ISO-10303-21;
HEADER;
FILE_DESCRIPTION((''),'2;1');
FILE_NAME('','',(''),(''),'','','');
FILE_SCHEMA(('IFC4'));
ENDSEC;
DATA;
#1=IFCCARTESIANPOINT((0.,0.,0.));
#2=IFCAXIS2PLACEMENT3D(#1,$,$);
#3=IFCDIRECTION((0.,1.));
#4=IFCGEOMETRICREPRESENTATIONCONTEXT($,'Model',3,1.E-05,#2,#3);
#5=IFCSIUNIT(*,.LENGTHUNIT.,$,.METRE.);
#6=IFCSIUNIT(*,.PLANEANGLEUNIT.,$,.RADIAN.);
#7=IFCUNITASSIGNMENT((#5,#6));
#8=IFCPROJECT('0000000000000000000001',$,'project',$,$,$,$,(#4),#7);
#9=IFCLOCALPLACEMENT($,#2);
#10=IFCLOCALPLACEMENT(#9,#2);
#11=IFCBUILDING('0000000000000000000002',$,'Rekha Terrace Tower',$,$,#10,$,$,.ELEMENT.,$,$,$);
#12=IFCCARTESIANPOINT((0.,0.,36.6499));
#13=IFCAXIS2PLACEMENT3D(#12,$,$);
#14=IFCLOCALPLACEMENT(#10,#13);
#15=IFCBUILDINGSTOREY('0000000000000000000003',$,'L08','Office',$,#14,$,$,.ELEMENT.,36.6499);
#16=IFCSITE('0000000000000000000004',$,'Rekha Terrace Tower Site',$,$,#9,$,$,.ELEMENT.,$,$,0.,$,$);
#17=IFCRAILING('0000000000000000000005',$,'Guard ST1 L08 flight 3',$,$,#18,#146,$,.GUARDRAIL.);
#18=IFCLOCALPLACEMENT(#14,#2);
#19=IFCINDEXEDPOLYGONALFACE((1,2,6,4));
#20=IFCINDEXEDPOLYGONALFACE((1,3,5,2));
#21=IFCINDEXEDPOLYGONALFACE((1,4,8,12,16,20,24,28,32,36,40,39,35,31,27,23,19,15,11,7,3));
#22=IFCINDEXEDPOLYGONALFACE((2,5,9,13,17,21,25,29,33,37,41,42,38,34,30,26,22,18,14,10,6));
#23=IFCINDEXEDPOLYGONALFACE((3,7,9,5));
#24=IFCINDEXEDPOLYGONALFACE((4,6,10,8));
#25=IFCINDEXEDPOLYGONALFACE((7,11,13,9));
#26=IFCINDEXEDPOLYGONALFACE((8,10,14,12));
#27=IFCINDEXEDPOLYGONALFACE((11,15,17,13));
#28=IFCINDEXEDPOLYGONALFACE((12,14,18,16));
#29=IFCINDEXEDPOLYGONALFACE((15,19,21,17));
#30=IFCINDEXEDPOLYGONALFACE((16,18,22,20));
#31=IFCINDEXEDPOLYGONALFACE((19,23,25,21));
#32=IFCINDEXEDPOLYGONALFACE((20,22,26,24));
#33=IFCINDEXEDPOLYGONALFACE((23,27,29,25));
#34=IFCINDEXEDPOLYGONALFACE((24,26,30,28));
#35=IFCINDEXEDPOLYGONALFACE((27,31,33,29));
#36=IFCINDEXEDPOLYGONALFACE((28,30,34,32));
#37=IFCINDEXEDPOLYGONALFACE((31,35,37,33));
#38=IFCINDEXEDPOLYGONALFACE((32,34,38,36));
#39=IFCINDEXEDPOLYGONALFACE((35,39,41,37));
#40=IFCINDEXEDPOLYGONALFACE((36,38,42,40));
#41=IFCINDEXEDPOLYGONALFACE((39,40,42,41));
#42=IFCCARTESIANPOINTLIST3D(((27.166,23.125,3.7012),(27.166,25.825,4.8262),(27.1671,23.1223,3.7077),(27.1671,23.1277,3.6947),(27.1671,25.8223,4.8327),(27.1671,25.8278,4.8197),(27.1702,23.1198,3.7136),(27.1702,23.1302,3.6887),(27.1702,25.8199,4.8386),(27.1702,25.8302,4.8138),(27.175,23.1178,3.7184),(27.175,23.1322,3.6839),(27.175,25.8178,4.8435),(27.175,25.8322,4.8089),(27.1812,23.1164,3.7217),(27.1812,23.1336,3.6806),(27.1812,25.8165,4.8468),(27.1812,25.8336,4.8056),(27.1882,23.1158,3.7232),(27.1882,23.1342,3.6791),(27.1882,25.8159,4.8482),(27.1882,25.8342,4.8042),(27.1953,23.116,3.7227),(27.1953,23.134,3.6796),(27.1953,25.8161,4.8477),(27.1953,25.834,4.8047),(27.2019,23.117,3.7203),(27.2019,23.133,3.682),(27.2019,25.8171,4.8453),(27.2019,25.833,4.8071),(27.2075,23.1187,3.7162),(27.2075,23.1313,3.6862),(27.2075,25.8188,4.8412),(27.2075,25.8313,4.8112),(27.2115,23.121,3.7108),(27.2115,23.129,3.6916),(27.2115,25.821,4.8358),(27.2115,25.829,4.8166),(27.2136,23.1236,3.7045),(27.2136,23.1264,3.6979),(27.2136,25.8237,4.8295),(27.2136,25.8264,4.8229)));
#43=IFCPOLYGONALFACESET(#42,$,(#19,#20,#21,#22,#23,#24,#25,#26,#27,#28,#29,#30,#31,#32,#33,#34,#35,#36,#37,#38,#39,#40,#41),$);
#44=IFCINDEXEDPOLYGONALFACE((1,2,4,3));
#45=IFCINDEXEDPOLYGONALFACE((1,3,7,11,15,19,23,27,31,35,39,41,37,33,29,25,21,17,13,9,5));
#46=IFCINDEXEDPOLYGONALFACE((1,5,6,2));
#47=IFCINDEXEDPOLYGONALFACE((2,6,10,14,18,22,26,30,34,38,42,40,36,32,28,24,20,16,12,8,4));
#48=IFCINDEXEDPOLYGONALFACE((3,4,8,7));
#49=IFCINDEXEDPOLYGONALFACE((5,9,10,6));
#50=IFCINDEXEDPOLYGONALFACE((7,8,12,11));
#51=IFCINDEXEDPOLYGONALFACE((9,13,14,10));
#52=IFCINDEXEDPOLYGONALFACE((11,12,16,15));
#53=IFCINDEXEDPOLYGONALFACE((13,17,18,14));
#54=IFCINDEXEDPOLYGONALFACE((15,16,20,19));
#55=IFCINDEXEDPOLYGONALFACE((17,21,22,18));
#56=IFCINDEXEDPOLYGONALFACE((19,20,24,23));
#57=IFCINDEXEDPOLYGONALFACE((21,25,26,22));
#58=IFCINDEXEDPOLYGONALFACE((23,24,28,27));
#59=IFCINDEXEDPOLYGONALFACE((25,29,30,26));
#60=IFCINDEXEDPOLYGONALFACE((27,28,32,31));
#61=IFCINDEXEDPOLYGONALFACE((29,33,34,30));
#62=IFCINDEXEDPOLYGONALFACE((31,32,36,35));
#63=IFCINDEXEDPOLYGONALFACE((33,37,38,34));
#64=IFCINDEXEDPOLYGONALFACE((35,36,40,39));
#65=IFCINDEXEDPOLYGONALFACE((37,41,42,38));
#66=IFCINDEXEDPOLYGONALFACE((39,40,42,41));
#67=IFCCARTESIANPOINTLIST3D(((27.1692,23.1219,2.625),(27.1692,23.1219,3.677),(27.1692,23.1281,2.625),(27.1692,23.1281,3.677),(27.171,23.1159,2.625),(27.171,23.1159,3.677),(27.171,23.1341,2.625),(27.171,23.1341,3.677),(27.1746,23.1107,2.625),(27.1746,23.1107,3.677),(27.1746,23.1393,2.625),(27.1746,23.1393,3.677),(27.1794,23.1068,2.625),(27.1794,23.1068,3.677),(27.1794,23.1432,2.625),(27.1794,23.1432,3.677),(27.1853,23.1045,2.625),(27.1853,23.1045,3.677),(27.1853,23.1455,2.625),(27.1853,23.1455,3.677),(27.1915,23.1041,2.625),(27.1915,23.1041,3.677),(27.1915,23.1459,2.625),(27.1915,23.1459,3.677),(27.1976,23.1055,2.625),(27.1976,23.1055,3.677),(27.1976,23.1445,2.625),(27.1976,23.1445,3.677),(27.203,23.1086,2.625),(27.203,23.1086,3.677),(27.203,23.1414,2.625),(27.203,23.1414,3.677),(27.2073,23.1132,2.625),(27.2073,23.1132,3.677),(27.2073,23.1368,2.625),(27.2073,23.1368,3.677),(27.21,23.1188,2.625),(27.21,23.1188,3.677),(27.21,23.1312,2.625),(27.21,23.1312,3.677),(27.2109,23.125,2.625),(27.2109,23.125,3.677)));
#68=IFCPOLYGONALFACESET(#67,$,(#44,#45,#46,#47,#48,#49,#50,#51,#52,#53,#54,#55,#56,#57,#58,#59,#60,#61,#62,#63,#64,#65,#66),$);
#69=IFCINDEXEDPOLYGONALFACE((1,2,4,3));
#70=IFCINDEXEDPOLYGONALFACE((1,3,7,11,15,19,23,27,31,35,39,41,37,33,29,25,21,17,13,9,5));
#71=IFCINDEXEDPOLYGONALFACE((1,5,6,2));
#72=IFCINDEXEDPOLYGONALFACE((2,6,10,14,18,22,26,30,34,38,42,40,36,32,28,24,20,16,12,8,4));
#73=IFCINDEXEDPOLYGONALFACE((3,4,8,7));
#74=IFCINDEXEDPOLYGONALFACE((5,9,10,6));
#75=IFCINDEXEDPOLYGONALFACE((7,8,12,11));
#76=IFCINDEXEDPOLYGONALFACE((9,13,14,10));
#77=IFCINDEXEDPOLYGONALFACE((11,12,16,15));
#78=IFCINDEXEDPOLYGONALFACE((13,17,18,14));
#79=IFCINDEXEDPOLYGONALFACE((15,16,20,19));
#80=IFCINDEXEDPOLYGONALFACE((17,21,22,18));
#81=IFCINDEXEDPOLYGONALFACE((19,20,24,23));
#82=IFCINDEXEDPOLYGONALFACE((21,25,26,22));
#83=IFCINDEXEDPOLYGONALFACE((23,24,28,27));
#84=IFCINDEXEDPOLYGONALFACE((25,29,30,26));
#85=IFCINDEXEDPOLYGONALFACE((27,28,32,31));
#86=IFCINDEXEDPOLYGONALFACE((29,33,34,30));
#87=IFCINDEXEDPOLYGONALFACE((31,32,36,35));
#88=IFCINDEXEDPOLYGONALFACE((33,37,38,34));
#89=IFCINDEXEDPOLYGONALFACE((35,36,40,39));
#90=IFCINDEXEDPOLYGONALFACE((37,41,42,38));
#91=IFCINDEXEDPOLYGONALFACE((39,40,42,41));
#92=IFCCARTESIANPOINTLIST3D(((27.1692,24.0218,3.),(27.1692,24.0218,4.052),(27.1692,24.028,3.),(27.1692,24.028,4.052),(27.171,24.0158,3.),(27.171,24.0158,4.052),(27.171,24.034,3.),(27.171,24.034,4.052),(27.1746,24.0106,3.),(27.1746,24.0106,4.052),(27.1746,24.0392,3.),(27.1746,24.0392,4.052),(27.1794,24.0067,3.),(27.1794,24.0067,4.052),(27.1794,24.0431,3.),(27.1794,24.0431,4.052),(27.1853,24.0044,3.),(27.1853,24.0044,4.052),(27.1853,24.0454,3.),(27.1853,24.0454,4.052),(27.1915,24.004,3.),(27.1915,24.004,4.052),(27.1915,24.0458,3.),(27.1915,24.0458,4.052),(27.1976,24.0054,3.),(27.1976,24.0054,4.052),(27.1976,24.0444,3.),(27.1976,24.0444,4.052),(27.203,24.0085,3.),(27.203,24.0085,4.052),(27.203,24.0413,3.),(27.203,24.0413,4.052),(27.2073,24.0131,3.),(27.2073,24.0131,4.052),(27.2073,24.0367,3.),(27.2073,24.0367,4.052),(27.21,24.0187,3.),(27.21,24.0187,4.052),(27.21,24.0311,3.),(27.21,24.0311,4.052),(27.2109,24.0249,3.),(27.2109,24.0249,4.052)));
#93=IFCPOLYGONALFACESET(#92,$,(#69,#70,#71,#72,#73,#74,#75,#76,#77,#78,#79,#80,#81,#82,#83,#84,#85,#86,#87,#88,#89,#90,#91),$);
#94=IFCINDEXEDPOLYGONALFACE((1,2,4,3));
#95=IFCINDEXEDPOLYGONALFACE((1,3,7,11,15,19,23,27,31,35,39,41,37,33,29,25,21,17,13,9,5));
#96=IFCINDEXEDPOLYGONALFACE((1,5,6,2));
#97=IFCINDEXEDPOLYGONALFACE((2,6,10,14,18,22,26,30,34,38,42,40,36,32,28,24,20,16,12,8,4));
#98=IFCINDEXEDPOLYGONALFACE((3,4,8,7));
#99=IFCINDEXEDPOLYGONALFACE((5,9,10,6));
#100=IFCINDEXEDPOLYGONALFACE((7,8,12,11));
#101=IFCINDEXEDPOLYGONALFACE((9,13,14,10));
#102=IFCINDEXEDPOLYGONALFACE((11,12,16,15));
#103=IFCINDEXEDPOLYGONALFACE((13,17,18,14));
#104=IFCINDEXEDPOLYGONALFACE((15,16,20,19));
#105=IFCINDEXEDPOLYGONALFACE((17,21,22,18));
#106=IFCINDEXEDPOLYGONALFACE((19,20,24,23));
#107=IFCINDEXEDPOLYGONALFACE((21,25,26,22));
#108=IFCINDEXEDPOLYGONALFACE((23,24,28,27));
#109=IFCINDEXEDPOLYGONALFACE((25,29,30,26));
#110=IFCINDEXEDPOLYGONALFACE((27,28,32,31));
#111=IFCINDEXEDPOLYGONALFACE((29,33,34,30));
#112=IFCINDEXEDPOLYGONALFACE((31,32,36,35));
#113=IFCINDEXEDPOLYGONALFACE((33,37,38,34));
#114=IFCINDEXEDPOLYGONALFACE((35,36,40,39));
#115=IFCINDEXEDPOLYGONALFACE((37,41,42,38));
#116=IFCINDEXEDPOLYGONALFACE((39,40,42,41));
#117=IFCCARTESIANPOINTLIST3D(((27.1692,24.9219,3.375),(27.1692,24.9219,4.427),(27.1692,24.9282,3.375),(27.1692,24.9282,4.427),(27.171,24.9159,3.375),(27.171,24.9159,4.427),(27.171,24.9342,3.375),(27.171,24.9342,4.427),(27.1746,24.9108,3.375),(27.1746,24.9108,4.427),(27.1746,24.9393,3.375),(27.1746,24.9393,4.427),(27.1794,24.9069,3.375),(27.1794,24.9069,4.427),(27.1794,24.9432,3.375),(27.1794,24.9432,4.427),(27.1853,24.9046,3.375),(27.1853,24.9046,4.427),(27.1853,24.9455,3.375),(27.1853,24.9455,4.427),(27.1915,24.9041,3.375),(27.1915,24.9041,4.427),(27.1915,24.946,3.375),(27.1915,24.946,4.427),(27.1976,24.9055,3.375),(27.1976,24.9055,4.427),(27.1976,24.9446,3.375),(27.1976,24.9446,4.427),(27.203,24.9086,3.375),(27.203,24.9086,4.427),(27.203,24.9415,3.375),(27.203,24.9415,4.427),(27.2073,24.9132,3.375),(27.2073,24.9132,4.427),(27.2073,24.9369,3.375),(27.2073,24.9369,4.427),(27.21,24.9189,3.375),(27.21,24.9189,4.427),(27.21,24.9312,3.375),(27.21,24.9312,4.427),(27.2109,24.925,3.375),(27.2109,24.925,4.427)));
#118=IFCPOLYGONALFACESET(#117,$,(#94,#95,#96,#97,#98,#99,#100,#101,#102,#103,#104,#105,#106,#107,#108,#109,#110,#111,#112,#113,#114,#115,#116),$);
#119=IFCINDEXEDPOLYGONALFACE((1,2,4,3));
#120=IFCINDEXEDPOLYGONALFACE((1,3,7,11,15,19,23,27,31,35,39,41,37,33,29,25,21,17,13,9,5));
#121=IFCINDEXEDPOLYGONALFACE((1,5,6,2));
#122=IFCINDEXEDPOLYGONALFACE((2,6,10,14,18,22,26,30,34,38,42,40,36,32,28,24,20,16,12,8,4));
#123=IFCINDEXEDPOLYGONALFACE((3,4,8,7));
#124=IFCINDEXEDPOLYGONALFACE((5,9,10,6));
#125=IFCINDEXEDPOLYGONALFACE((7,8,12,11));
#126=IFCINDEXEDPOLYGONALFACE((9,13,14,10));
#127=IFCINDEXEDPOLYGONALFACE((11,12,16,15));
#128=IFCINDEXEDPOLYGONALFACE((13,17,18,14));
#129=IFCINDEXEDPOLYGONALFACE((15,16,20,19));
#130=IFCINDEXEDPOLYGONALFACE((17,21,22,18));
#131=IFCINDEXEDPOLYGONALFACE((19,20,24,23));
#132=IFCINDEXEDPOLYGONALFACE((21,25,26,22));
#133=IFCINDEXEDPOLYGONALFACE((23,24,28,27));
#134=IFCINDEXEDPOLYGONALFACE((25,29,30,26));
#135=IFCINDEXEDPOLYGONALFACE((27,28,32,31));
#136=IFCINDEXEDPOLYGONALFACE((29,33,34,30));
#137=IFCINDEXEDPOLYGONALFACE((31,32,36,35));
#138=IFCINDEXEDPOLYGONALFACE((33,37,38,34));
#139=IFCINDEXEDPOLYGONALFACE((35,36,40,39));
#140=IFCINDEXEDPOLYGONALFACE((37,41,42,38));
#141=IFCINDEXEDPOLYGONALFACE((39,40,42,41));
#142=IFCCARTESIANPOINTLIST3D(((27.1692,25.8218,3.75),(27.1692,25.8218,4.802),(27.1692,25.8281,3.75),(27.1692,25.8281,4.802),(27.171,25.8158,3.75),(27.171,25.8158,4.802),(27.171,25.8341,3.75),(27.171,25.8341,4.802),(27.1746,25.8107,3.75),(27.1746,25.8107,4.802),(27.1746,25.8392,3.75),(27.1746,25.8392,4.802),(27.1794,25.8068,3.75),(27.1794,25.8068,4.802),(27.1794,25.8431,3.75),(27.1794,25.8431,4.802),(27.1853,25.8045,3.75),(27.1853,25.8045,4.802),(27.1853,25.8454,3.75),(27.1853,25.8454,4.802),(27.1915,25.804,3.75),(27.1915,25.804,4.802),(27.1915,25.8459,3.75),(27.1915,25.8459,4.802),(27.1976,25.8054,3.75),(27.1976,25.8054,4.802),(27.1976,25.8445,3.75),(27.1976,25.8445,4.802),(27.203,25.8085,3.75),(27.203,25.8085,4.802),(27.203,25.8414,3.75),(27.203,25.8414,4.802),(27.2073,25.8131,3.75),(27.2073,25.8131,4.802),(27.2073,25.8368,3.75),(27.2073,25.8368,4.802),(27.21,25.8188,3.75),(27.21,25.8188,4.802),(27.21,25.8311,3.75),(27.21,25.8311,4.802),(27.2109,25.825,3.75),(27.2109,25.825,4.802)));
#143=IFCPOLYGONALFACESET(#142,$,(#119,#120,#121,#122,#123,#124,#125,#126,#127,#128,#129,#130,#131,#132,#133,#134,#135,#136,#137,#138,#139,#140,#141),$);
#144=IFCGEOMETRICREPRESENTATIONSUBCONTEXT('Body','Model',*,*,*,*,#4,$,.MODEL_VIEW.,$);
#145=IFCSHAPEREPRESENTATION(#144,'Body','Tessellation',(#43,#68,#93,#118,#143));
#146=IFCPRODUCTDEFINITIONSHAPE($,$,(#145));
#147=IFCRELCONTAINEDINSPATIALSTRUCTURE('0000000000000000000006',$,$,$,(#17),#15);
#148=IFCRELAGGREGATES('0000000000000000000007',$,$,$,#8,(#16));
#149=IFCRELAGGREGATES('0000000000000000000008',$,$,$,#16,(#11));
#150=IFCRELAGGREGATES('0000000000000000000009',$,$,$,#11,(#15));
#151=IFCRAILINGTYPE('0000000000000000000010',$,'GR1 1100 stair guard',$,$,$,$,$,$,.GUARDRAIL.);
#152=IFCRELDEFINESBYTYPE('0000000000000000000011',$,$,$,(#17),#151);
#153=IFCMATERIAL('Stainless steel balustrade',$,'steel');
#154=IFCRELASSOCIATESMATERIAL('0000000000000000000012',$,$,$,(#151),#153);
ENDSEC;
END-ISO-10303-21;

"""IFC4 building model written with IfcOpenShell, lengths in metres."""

from ifc_helpers import new_model, si_unit, direction, frame, origin, origin_2d, place, context, subcontext, project, spatial, circle, extrude, material, type_object, element, save


model = new_model("IFC4")

# Units and contexts
model_context = context("Model", 3, precision=1e-05, world=origin(), true_north=direction((0.0, 1.0)))
body_context = subcontext(model_context, "Body", "Model", "MODEL_VIEW")
ifc_project = project(units=[si_unit("LENGTHUNIT", "METRE"), si_unit("PLANEANGLEUNIT", "RADIAN")], contexts=[model_context])

# Site, building, storey
site_placement = place(None, origin())
site = spatial("IfcSite", under=ifc_project, at=site_placement, Name="Rekha Terrace Tower Site", CompositionType="ELEMENT", RefElevation=0.0)
building_placement = place(site_placement, origin())
building = spatial("IfcBuilding", under=site, at=building_placement, Name="Rekha Terrace Tower", CompositionType="ELEMENT")
storey_placement = place(building_placement, frame((0.0, 0.0, 36.6499)))
storey = spatial("IfcBuildingStorey", under=building, at=storey_placement, Name="L08", Description="Office", CompositionType="ELEMENT", Elevation=36.6499)

# Railing
ifc_material_1 = material(Name="Stainless steel balustrade", Category="steel")
railing_type_1 = type_object("IfcRailingType", Name="GR1 1100 stair guard", PredefinedType="GUARDRAIL", material=ifc_material_1)
railing_1_placement = place(storey_placement, frame((27.1899, 23.125, 2.625)))
element("IfcRailing", 1, at=railing_1_placement, inside=storey, type_object=railing_type_1, Name="Guard ST1 L08 flight 3", PredefinedType="GUARDRAIL", context=body_context, shape_type="SweptSolid", body=[
    extrude(circle(Radius=0.0239, at=origin_2d()), frame((0.0, 0.0, 1.0762), z_axis=(0.0, 0.923074, 0.384621), x_axis=(-1.0, 0.0, 0.0)), (0.0, 0.0, 1.0), 2.925),
    extrude(circle(Radius=0.021, at=origin_2d()), origin(), (0.0, 0.0, 1.0), 1.052),
    extrude(circle(Radius=0.021, at=origin_2d()), frame((0.0, 0.8999, 0.375)), (0.0, 0.0, 1.0), 1.052),
    extrude(circle(Radius=0.021, at=origin_2d()), frame((0.0, 1.8, 0.75)), (0.0, 0.0, 1.0), 1.052),
    extrude(circle(Radius=0.021, at=origin_2d()), frame((0.0, 2.7, 1.125)), (0.0, 0.0, 1.0), 1.052),
])

save(model, "model.ifc")
